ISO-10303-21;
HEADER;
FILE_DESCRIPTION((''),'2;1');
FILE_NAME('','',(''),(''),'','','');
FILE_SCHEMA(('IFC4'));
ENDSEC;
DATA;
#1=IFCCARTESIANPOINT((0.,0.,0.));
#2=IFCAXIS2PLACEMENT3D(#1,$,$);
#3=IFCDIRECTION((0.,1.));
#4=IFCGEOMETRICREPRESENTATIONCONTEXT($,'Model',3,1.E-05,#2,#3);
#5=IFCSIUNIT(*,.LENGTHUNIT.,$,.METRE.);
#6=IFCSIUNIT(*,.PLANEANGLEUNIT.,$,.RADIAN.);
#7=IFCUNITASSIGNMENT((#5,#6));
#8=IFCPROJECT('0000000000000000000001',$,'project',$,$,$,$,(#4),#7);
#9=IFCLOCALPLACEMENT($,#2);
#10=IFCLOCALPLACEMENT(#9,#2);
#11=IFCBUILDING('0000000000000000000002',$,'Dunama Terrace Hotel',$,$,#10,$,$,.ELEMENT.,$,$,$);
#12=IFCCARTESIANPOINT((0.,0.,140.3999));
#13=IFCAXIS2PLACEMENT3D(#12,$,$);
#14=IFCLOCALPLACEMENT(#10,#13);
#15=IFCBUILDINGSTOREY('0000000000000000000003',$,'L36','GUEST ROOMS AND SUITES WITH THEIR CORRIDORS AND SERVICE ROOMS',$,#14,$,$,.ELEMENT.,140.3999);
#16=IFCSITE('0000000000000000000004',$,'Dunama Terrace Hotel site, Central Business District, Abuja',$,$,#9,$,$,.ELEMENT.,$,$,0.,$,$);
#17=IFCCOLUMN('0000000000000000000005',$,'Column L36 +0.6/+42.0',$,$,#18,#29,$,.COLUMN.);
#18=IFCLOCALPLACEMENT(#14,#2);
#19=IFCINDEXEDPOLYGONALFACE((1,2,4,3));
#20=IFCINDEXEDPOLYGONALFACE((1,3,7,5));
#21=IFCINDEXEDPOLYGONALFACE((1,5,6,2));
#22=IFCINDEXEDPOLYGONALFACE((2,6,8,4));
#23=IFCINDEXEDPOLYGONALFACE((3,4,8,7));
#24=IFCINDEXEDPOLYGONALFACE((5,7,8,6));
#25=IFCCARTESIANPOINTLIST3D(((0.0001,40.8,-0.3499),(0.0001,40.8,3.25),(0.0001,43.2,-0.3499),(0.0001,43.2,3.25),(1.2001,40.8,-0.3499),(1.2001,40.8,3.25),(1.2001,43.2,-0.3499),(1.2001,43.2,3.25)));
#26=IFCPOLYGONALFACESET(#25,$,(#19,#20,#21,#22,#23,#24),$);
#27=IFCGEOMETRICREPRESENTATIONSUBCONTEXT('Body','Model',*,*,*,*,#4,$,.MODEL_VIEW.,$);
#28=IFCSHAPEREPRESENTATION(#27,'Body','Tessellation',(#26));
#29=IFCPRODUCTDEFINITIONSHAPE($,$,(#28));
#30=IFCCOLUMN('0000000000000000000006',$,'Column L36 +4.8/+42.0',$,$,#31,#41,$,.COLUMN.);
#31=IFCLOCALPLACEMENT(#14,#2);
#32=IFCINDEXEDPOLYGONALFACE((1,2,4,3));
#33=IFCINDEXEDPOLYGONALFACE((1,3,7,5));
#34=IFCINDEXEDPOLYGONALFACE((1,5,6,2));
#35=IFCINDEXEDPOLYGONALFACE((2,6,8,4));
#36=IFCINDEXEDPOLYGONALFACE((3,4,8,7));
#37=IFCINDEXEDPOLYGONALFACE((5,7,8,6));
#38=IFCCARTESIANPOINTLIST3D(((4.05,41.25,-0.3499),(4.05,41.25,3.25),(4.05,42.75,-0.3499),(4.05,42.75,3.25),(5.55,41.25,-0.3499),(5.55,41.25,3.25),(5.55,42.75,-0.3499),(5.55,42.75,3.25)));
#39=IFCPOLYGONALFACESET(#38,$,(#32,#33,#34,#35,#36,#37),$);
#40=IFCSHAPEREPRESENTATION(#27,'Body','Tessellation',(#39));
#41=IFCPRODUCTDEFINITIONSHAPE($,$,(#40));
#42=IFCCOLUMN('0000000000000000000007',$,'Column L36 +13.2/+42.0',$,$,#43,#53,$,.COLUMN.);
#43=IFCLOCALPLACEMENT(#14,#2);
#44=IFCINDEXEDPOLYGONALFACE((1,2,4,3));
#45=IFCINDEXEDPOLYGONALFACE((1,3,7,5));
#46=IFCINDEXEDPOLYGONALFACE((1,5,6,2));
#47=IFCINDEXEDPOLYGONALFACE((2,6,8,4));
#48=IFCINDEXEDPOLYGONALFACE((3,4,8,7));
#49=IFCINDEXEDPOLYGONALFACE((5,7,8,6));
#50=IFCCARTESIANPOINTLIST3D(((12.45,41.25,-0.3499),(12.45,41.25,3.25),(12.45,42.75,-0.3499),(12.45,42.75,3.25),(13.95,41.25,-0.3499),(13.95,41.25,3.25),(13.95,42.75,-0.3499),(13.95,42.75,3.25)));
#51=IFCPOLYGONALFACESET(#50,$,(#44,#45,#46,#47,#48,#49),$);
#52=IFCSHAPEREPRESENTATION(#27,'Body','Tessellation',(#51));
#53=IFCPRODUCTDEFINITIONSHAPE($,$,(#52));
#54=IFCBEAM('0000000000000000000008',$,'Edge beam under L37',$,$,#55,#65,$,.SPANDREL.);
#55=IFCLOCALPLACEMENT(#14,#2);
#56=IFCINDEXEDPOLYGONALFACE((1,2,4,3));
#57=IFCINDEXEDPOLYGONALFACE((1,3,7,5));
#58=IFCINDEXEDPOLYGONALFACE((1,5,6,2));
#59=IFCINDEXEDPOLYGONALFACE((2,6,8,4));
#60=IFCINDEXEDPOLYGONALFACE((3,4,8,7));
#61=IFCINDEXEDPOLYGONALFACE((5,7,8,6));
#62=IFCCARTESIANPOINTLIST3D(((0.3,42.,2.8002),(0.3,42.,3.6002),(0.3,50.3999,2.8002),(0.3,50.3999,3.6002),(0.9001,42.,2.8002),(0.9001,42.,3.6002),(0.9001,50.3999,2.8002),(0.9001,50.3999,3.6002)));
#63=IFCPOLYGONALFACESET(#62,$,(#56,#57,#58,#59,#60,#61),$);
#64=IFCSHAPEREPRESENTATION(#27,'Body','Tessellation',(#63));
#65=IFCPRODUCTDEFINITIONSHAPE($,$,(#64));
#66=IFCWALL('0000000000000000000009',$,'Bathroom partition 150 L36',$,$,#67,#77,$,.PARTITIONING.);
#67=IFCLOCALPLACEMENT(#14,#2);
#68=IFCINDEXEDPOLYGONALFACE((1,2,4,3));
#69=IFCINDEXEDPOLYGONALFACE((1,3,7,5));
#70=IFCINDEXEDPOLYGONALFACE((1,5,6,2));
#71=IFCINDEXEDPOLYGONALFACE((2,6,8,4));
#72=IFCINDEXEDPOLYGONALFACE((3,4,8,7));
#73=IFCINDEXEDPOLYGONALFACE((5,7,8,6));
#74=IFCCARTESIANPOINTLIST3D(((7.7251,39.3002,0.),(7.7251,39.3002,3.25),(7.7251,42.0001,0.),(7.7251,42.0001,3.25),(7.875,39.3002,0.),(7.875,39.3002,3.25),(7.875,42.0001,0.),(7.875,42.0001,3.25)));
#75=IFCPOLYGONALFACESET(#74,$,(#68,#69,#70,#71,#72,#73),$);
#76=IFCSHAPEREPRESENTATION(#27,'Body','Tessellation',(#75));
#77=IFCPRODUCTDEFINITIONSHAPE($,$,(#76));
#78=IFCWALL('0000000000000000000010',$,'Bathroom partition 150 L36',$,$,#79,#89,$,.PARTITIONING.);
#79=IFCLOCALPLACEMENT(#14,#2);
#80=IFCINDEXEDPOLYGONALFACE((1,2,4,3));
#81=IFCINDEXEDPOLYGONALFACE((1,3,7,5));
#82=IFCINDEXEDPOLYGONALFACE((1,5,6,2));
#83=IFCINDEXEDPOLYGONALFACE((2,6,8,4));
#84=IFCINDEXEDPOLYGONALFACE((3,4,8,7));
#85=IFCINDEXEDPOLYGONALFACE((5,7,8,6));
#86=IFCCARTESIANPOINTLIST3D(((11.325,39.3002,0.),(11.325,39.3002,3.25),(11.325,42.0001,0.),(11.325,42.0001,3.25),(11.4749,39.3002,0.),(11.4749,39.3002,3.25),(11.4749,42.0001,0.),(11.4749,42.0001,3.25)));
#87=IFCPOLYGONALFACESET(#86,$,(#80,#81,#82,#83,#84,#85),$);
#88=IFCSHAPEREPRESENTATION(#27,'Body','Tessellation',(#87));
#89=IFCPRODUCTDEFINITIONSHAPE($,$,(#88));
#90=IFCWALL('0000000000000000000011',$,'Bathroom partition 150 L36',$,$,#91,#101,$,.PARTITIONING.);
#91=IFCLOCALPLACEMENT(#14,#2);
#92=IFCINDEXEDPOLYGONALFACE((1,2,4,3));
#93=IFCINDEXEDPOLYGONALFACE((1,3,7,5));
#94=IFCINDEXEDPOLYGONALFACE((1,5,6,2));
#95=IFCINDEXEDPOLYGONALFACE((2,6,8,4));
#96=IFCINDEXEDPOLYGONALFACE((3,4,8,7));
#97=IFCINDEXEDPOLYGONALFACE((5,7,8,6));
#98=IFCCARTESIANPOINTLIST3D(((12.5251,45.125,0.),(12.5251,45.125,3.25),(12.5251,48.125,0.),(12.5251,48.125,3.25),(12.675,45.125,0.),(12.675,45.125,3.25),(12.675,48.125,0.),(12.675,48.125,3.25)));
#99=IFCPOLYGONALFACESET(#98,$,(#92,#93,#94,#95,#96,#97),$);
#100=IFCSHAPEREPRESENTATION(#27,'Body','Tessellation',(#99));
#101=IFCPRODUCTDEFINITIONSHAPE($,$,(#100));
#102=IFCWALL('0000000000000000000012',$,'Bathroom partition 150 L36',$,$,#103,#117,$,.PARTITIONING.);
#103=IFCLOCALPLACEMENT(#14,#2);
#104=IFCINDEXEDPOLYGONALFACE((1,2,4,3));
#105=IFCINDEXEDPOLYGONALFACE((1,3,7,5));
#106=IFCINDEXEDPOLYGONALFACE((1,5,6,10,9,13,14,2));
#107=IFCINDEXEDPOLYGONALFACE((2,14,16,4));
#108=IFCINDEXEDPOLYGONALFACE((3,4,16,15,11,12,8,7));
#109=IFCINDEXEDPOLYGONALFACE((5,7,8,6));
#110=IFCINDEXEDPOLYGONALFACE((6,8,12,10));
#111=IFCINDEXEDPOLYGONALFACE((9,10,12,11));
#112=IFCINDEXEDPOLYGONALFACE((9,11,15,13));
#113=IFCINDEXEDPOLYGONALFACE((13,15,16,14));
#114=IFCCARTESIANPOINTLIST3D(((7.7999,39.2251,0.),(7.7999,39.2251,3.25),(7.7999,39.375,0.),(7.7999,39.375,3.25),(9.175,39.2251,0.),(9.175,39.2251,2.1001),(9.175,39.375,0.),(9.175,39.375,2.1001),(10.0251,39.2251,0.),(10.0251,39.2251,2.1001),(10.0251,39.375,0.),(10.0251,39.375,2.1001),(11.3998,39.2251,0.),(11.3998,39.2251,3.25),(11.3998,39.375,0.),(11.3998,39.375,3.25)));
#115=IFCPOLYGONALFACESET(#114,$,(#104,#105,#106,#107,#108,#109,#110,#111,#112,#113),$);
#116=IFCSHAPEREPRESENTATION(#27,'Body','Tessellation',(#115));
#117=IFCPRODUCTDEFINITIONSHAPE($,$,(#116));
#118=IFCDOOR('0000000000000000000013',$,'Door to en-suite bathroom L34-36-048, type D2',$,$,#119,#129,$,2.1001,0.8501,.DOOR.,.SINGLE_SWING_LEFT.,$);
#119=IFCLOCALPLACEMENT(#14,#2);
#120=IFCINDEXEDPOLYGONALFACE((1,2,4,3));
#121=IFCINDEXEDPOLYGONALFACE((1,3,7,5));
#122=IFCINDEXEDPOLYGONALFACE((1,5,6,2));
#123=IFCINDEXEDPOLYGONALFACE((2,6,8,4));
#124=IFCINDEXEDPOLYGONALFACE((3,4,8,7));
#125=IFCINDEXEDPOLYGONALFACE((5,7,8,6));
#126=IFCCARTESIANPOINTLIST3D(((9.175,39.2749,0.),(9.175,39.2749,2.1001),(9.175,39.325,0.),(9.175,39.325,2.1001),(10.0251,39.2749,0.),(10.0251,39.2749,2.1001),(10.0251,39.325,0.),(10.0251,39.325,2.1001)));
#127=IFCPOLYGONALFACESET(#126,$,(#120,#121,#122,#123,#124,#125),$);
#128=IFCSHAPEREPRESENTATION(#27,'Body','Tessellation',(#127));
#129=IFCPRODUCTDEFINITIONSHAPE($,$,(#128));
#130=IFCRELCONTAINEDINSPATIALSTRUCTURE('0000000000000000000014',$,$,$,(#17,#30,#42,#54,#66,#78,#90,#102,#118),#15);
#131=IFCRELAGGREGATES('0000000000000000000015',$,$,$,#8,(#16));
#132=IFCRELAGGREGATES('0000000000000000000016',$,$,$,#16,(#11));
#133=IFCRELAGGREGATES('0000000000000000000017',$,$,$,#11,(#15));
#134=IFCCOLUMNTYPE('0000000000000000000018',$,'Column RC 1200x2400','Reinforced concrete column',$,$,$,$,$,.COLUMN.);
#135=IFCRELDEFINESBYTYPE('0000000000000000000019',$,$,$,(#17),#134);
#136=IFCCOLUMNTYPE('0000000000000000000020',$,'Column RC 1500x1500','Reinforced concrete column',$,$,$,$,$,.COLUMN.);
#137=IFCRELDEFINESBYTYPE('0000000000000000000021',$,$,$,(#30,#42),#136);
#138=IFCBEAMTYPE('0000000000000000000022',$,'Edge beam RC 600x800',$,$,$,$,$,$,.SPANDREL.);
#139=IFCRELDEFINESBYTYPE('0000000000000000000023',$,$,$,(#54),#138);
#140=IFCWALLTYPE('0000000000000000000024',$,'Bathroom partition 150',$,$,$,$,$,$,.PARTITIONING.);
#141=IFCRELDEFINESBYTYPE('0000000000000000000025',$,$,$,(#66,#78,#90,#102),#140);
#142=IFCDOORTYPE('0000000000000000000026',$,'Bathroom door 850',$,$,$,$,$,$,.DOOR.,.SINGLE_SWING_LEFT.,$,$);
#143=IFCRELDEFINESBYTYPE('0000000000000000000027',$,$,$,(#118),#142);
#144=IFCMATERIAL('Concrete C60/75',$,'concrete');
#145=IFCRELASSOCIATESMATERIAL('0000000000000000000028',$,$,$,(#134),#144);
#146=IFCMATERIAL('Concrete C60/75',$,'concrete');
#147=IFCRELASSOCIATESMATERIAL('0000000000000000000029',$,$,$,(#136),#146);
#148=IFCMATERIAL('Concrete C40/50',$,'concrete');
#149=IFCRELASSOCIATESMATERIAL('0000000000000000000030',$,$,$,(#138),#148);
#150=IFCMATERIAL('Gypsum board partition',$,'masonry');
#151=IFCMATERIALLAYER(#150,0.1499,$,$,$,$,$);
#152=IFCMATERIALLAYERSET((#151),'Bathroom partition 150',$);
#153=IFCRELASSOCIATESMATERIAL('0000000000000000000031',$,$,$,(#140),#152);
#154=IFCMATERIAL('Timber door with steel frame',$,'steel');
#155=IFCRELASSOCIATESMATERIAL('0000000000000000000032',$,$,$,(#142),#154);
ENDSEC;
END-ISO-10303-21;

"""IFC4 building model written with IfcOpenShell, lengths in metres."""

from ifc_helpers import new_model, si_unit, direction, frame, frame_2d, origin, origin_2d, place, context, subcontext, project, spatial, rectangle, extrude, material, layer, layer_set, material_profile, profile_set, type_object, element, fill, save


model = new_model("IFC4")

# Units and contexts
model_context = context("Model", 3, precision=1e-05, world=origin(), true_north=direction((0.0, 1.0)))
body_context = subcontext(model_context, "Body", "Model", "MODEL_VIEW")
ifc_project = project(units=[si_unit("LENGTHUNIT", "METRE"), si_unit("PLANEANGLEUNIT", "RADIAN")], contexts=[model_context])

# Site, building, storey
site_placement = place(None, origin())
site = spatial("IfcSite", under=ifc_project, at=site_placement, Name="Dunama Terrace Hotel site, Central Business District, Abuja", CompositionType="ELEMENT", RefElevation=0.0)
building_placement = place(site_placement, origin())
building = spatial("IfcBuilding", under=site, at=building_placement, Name="Dunama Terrace Hotel", CompositionType="ELEMENT")
storey_placement = place(building_placement, frame((0.0, 0.0, 140.3999)))
storey = spatial("IfcBuildingStorey", under=building, at=storey_placement, Name="L36", Description="GUEST ROOMS AND SUITES WITH THEIR CORRIDORS AND SERVICE ROOMS", CompositionType="ELEMENT", Elevation=140.3999)

# Columns
ifc_material_1 = material(Name="Concrete C60/75", Category="concrete")
ifc_material_profile_1 = material_profile(ifc_material_1, rectangle(XDim=1.2, YDim=2.3999, at=origin_2d()), Name="RC 1200x2400")
ifc_profile_set_1 = profile_set([ifc_material_profile_1], Name="Concrete C60/75")
column_type_1 = type_object("IfcColumnType", Name="Column RC 1200x2400", Description="Reinforced concrete column", PredefinedType="COLUMN", material=ifc_profile_set_1)
column_placement = place(storey_placement, frame((0.6001, 42.0, -0.3499), z_axis=(0.0, 0.0, 1.0), x_axis=(1.0, 0.0, 0.0)))
element("IfcColumn", 1, at=column_placement, inside=storey, type_object=column_type_1, Name="Column L36 +0.6/+42.0", PredefinedType="COLUMN", context=body_context, shape_type="SweptSolid", body=[
    extrude(rectangle(XDim=1.2, YDim=2.3999, at=origin_2d()), origin(), (0.0, 0.0, 1.0), 3.5999),
])
ifc_material_2 = material(Name="Concrete C60/75", Category="concrete")
ifc_material_profile_2 = material_profile(ifc_material_2, rectangle(XDim=1.5, YDim=1.5, at=origin_2d()), Name="RC 1500x1500")
ifc_profile_set_2 = profile_set([ifc_material_profile_2], Name="Concrete C60/75")
column_type_2 = type_object("IfcColumnType", Name="Column RC 1500x1500", Description="Reinforced concrete column", PredefinedType="COLUMN", material=ifc_profile_set_2)
for number, where, z_axis, x_axis, name in (
    (2, (4.8, 42.0, -0.3499), (0.0, 0.0, 1.0), (1.0, 0.0, 0.0), "Column L36 +4.8/+42.0"),
    (3, (13.2, 42.0, -0.3499), (0.0, 0.0, 1.0), (1.0, 0.0, 0.0), "Column L36 +13.2/+42.0"),
):
    element("IfcColumn", number, at=place(storey_placement, frame(where, z_axis=z_axis, x_axis=x_axis)), inside=storey, type_object=column_type_2, Name=name, PredefinedType="COLUMN", context=body_context, shape_type="SweptSolid", body=[
        extrude(rectangle(XDim=1.5, YDim=1.5, at=origin_2d()), origin(), (0.0, 0.0, 1.0), 3.5999),
    ])

# Beam
ifc_material_3 = material(Name="Concrete C40/50", Category="concrete")
ifc_material_profile_3 = material_profile(ifc_material_3, rectangle(XDim=0.6001, YDim=0.8, at=origin_2d()), Name="RC 600x800")
ifc_profile_set_3 = profile_set([ifc_material_profile_3], Name="Concrete C40/50")
beam_type = type_object("IfcBeamType", Name="Edge beam RC 600x800", PredefinedType="SPANDREL", material=ifc_profile_set_3)
beam_placement = place(storey_placement, frame((0.6001, 42.0, 3.2002), z_axis=(0.0, 1.0, 0.0), x_axis=(-1.0, 0.0, 0.0)))
element("IfcBeam", 4, at=beam_placement, inside=storey, type_object=beam_type, Name="Edge beam under L37", PredefinedType="SPANDREL", context=body_context, shape_type="SweptSolid", body=[
    extrude(rectangle(XDim=0.6001, YDim=0.8, at=origin_2d()), origin(), (0.0, 0.0, 1.0), 8.3999),
])

# Walls
ifc_material_4 = material(Name="Gypsum board partition", Category="masonry")
ifc_layer_1 = layer(ifc_material_4, 0.1499)
ifc_layer_set_1 = layer_set([ifc_layer_1], Name="Bathroom partition 150")
wall_type_1 = type_object("IfcWallType", Name="Bathroom partition 150", PredefinedType="PARTITIONING", material=ifc_layer_set_1)
for number, where, z_axis, x_axis, name in (
    (5, (7.8, 39.3, 0.0), (0.0, 0.0, 1.0), (0.0, 1.0, 0.0), "Bathroom partition 150 L36"),
    (6, (11.3999, 39.3, 0.0), (0.0, 0.0, 1.0), (0.0, 1.0, 0.0), "Bathroom partition 150 L36"),
):
    element("IfcWall", number, at=place(storey_placement, frame(where, z_axis=z_axis, x_axis=x_axis)), inside=storey, type_object=wall_type_1, Name=name, PredefinedType="PARTITIONING", context=body_context, shape_type="SweptSolid", body=[
        extrude(rectangle(XDim=2.7, YDim=0.1499, at=frame_2d((1.3501, 0.0))), origin(), (0.0, 0.0, 1.0), 3.25),
    ])
wall_1_placement = place(storey_placement, frame((12.6001, 45.125, 0.0), z_axis=(0.0, 0.0, 1.0), x_axis=(0.0, 1.0, 0.0)))
element("IfcWall", 7, at=wall_1_placement, inside=storey, type_object=wall_type_1, Name="Bathroom partition 150 L36", PredefinedType="PARTITIONING", context=body_context, shape_type="SweptSolid", body=[
    extrude(rectangle(XDim=3.0, YDim=0.1499, at=frame_2d((1.5, 0.0))), origin(), (0.0, 0.0, 1.0), 3.25),
])

# Wall, opening, door
wall_2_placement = place(storey_placement, frame((7.8, 39.3, 0.0), z_axis=(0.0, 0.0, 1.0), x_axis=(1.0, 0.0, 0.0)))
wall_2 = element("IfcWall", 8, at=wall_2_placement, inside=storey, type_object=wall_type_1, Name="Bathroom partition 150 L36", PredefinedType="PARTITIONING", context=body_context, shape_type="SweptSolid", body=[
    extrude(rectangle(XDim=3.5999, YDim=0.1499, at=frame_2d((1.7998, 0.0))), origin(), (0.0, 0.0, 1.0), 3.25),
])
opening_1_placement = place(wall_2_placement, frame((1.375, 0.0, 0.0)))
opening_1 = element("IfcOpeningElement", 9, at=opening_1_placement, cuts=wall_2, PredefinedType="OPENING", context=body_context, shape_type="SweptSolid", body=[
    extrude(rectangle(XDim=0.8501, YDim=2.1001, at=frame_2d((0.425, 1.05))), frame((0.0, 0.085, 0.0), z_axis=(0.0, -1.0, 0.0), x_axis=(1.0, 0.0, 0.0)), (0.0, 0.0, 1.0), 0.1699),
])
ifc_material_5 = material(Name="Timber door with steel frame", Category="steel")
door_type_1 = type_object("IfcDoorType", Name="Bathroom door 850", OperationType="SINGLE_SWING_LEFT", PredefinedType="DOOR", material=ifc_material_5)
door_1_placement = place(opening_1_placement, origin())
door_1 = element("IfcDoor", 10, at=door_1_placement, inside=storey, type_object=door_type_1, Name="Door to en-suite bathroom L34-36-048, type D2", OperationType="SINGLE_SWING_LEFT", OverallHeight=2.1001, OverallWidth=0.8501, PredefinedType="DOOR", context=body_context, shape_type="SweptSolid", body=[
    extrude(rectangle(XDim=0.8501, YDim=2.1001, at=frame_2d((0.425, 1.05))), frame((0.0, 0.0249, 0.0), z_axis=(0.0, -1.0, 0.0), x_axis=(1.0, 0.0, 0.0)), (0.0, 0.0, 1.0), 0.05),
])
fill(opening_1, door_1)

save(model, "model.ifc")
